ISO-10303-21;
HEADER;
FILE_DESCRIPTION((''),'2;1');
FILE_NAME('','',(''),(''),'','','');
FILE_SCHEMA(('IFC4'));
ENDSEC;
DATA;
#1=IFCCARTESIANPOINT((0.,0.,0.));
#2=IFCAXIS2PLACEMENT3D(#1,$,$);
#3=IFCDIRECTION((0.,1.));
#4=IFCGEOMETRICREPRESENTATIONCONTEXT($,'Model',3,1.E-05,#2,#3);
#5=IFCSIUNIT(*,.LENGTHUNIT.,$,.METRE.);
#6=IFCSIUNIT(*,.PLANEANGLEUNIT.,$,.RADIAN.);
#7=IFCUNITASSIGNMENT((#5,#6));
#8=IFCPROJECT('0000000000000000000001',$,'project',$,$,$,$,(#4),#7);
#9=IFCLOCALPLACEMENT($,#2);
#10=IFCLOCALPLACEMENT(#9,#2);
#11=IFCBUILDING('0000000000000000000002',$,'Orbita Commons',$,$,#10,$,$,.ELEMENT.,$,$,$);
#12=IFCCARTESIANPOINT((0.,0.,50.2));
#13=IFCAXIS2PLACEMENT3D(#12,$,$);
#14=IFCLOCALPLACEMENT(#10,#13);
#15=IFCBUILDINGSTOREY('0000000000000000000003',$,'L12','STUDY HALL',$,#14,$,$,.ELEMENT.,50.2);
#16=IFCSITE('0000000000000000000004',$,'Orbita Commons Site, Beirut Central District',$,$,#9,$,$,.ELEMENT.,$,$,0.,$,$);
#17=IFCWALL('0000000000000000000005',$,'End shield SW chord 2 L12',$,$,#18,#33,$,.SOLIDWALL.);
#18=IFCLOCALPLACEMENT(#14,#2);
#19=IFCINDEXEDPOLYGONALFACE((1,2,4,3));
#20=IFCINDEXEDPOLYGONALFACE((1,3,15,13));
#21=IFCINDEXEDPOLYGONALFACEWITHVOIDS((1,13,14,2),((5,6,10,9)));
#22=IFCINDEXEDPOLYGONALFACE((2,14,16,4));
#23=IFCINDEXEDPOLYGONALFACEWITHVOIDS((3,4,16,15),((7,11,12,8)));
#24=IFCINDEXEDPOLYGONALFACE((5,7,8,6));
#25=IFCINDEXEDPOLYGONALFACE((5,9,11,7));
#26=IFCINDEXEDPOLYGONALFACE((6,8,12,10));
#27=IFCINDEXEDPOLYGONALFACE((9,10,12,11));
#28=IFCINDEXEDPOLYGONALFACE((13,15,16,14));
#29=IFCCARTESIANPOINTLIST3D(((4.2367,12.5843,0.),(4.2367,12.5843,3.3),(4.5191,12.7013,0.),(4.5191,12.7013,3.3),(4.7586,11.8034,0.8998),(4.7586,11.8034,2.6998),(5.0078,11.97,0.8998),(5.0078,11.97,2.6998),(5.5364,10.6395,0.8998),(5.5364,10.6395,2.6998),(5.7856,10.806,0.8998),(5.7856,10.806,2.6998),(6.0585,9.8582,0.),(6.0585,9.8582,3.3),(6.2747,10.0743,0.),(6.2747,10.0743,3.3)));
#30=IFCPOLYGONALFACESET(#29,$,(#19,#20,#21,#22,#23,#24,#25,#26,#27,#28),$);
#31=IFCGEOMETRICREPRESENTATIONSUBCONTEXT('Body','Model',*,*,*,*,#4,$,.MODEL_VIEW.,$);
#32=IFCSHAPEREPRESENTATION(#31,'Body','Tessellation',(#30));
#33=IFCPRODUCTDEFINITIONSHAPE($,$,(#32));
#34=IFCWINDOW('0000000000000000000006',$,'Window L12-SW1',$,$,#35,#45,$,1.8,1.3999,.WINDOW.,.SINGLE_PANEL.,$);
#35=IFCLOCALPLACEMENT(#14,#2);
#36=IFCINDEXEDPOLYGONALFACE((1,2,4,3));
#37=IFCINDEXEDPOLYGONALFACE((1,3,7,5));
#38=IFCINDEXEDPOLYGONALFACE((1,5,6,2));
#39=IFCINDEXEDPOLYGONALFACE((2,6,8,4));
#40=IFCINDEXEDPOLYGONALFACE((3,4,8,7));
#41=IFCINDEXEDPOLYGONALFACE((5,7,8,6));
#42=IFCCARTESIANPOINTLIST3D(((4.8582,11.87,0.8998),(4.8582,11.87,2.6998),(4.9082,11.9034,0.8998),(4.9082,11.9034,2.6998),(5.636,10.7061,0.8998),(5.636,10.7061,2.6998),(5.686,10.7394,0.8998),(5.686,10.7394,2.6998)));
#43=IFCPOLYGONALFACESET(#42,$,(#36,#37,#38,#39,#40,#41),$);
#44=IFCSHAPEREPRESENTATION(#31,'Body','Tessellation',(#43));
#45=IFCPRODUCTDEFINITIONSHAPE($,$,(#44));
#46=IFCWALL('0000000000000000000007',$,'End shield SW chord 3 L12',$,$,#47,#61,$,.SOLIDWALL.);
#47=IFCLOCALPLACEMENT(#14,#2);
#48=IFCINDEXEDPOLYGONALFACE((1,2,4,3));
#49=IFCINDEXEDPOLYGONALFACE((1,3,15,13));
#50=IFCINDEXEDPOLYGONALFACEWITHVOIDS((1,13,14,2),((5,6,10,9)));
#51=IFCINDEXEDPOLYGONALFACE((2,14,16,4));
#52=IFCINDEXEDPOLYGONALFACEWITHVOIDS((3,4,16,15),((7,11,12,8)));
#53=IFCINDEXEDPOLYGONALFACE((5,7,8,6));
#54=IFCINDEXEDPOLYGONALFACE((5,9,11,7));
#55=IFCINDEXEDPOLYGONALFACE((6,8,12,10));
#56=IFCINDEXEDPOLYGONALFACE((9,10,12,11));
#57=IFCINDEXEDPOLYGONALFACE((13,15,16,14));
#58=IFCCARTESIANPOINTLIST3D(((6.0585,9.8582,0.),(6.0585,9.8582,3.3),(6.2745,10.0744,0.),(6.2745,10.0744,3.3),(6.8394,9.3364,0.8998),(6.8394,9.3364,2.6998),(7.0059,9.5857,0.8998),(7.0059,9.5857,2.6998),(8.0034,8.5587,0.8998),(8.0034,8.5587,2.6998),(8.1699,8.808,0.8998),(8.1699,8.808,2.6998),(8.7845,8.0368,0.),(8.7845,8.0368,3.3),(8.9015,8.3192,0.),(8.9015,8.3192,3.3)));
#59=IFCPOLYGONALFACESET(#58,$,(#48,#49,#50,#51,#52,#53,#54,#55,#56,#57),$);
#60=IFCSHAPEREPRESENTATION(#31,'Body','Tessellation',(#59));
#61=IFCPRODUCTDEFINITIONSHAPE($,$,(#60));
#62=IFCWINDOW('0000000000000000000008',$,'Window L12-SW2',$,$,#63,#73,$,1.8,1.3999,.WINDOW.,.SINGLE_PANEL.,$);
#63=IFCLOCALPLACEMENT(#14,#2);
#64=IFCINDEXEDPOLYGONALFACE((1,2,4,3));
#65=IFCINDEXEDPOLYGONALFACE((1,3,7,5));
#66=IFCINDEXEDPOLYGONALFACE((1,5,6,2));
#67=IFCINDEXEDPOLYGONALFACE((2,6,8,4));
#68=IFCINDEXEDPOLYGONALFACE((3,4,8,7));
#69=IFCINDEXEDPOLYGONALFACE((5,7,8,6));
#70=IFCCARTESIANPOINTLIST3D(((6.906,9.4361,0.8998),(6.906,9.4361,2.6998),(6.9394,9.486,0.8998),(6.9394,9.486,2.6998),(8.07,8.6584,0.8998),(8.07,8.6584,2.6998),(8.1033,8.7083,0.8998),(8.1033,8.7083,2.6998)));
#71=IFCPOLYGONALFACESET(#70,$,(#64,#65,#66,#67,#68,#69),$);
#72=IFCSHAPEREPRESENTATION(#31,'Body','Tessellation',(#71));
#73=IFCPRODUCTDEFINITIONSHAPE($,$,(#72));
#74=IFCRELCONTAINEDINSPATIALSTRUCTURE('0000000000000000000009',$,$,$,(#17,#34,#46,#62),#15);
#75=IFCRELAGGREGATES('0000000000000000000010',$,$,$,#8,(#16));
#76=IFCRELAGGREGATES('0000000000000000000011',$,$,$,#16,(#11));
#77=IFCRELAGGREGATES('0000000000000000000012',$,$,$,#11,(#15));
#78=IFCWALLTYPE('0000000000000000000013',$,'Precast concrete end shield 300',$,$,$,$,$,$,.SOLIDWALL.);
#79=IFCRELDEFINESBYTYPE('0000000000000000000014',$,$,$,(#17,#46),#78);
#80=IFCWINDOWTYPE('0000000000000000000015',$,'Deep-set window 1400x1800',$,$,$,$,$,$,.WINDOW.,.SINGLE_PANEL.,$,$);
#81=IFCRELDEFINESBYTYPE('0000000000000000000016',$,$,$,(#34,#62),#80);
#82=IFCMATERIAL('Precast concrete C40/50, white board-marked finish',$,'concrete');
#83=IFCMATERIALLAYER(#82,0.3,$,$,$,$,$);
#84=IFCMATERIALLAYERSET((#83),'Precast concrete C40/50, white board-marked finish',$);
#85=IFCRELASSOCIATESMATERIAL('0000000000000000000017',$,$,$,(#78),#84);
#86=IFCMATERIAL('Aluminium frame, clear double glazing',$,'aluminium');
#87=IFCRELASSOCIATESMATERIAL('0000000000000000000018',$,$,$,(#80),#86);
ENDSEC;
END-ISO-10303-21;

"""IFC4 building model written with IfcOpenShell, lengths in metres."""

from ifc_helpers import new_model, si_unit, direction, frame, frame_2d, origin, place, context, subcontext, project, spatial, polyline, rectangle, outline, extrude, material, layer, layer_set, type_object, element, fill, save


model = new_model("IFC4")

# Units and contexts
model_context = context("Model", 3, precision=1e-05, world=origin(), true_north=direction((0.0, 1.0)))
body_context = subcontext(model_context, "Body", "Model", "MODEL_VIEW")
ifc_project = project(units=[si_unit("LENGTHUNIT", "METRE"), si_unit("PLANEANGLEUNIT", "RADIAN")], contexts=[model_context])

# Site, building, storey
site_placement = place(None, origin())
site = spatial("IfcSite", under=ifc_project, at=site_placement, Name="Orbita Commons Site, Beirut Central District", CompositionType="ELEMENT", RefElevation=0.0)
building_placement = place(site_placement, origin())
building = spatial("IfcBuilding", under=site, at=building_placement, Name="Orbita Commons", CompositionType="ELEMENT")
storey_placement = place(building_placement, frame((0.0, 0.0, 50.2)))
storey = spatial("IfcBuildingStorey", under=building, at=storey_placement, Name="L12", Description="STUDY HALL", CompositionType="ELEMENT", Elevation=50.2)

# Walls, openings, windows
ifc_material_1 = material(Name="Precast concrete C40/50, white board-marked finish", Category="concrete")
ifc_layer_1 = layer(ifc_material_1, 0.3)
ifc_layer_set_1 = layer_set([ifc_layer_1], Name="Precast concrete C40/50, white board-marked finish")
wall_type_1 = type_object("IfcWallType", Name="Precast concrete end shield 300", PredefinedType="SOLIDWALL", material=ifc_layer_set_1)
ifc_material_2 = material(Name="Aluminium frame, clear double glazing", Category="aluminium")
window_type = type_object("IfcWindowType", Name="Deep-set window 1400x1800", PartitioningType="SINGLE_PANEL", PredefinedType="WINDOW", material=ifc_material_2)
wall_1_placement = place(storey_placement, frame((4.3779, 12.6428, 0.0), z_axis=(0.0, 0.0, 1.0), x_axis=(0.55561, -0.831443, 0.0)))
wall_1 = element("IfcWall", 1, at=wall_1_placement, inside=storey, type_object=wall_type_1, Name="End shield SW chord 2 L12", PredefinedType="SOLIDWALL", context=body_context, shape_type="SweptSolid", body=[
    extrude(outline(polyline([(-0.0298, -0.1499), (3.249, -0.1499), (3.1895, 0.1499), (0.0298, 0.1499), (-0.0298, -0.1499)])), origin(), (0.0, 0.0, 1.0), 3.3),
])
opening_1_placement = place(wall_1_placement, frame((0.9094, 0.0, 0.8999)))
opening_1 = element("IfcOpeningElement", 2, at=opening_1_placement, cuts=wall_1, PredefinedType="OPENING", context=body_context, shape_type="SweptSolid", body=[
    extrude(rectangle(XDim=1.3999, YDim=1.8, at=frame_2d((0.7, 0.8999))), frame((0.0, 0.1599, 0.0), z_axis=(0.0, -1.0, 0.0), x_axis=(1.0, 0.0, 0.0)), (0.0, 0.0, 1.0), 0.3201),
])
window_1_placement = place(opening_1_placement, origin())
window_1 = element("IfcWindow", 3, at=window_1_placement, inside=storey, type_object=window_type, Name="Window L12-SW1", OverallHeight=1.8, OverallWidth=1.3999, PartitioningType="SINGLE_PANEL", PredefinedType="WINDOW", context=body_context, shape_type="SweptSolid", body=[
    extrude(rectangle(XDim=1.3999, YDim=1.8, at=frame_2d((0.7, 0.8999))), frame((0.0, 0.03, 0.0), z_axis=(0.0, -1.0, 0.0), x_axis=(1.0, 0.0, 0.0)), (0.0, 0.0, 1.0), 0.0601),
])
fill(opening_1, window_1)
wall_2_placement = place(storey_placement, frame((6.1665, 9.9663, 0.0), z_axis=(0.0, 0.0, 1.0), x_axis=(0.831478, -0.555558, 0.0)))
wall_2 = element("IfcWall", 4, at=wall_2_placement, inside=storey, type_object=wall_type_1, Name="End shield SW chord 3 L12", PredefinedType="SOLIDWALL", context=body_context, shape_type="SweptSolid", body=[
    extrude(outline(polyline([(-0.0298, -0.1499), (3.2488, -0.1499), (3.1892, 0.1499), (0.0298, 0.1499), (-0.0298, -0.1499)])), origin(), (0.0, 0.0, 1.0), 3.3),
])
opening_2_placement = place(wall_2_placement, frame((0.9094, 0.0, 0.8999)))
opening_2 = element("IfcOpeningElement", 5, at=opening_2_placement, cuts=wall_2, PredefinedType="OPENING", context=body_context, shape_type="SweptSolid", body=[
    extrude(rectangle(XDim=1.3999, YDim=1.8, at=frame_2d((0.7, 0.8999))), frame((0.0, 0.1599, 0.0), z_axis=(0.0, -1.0, 0.0), x_axis=(1.0, 0.0, 0.0)), (0.0, 0.0, 1.0), 0.3201),
])
window_2_placement = place(opening_2_placement, origin())
window_2 = element("IfcWindow", 6, at=window_2_placement, inside=storey, type_object=window_type, Name="Window L12-SW2", OverallHeight=1.8, OverallWidth=1.3999, PartitioningType="SINGLE_PANEL", PredefinedType="WINDOW", context=body_context, shape_type="SweptSolid", body=[
    extrude(rectangle(XDim=1.3999, YDim=1.8, at=frame_2d((0.7, 0.8999))), frame((0.0, 0.03, 0.0), z_axis=(0.0, -1.0, 0.0), x_axis=(1.0, 0.0, 0.0)), (0.0, 0.0, 1.0), 0.0601),
])
fill(opening_2, window_2)

save(model, "model.ifc")
